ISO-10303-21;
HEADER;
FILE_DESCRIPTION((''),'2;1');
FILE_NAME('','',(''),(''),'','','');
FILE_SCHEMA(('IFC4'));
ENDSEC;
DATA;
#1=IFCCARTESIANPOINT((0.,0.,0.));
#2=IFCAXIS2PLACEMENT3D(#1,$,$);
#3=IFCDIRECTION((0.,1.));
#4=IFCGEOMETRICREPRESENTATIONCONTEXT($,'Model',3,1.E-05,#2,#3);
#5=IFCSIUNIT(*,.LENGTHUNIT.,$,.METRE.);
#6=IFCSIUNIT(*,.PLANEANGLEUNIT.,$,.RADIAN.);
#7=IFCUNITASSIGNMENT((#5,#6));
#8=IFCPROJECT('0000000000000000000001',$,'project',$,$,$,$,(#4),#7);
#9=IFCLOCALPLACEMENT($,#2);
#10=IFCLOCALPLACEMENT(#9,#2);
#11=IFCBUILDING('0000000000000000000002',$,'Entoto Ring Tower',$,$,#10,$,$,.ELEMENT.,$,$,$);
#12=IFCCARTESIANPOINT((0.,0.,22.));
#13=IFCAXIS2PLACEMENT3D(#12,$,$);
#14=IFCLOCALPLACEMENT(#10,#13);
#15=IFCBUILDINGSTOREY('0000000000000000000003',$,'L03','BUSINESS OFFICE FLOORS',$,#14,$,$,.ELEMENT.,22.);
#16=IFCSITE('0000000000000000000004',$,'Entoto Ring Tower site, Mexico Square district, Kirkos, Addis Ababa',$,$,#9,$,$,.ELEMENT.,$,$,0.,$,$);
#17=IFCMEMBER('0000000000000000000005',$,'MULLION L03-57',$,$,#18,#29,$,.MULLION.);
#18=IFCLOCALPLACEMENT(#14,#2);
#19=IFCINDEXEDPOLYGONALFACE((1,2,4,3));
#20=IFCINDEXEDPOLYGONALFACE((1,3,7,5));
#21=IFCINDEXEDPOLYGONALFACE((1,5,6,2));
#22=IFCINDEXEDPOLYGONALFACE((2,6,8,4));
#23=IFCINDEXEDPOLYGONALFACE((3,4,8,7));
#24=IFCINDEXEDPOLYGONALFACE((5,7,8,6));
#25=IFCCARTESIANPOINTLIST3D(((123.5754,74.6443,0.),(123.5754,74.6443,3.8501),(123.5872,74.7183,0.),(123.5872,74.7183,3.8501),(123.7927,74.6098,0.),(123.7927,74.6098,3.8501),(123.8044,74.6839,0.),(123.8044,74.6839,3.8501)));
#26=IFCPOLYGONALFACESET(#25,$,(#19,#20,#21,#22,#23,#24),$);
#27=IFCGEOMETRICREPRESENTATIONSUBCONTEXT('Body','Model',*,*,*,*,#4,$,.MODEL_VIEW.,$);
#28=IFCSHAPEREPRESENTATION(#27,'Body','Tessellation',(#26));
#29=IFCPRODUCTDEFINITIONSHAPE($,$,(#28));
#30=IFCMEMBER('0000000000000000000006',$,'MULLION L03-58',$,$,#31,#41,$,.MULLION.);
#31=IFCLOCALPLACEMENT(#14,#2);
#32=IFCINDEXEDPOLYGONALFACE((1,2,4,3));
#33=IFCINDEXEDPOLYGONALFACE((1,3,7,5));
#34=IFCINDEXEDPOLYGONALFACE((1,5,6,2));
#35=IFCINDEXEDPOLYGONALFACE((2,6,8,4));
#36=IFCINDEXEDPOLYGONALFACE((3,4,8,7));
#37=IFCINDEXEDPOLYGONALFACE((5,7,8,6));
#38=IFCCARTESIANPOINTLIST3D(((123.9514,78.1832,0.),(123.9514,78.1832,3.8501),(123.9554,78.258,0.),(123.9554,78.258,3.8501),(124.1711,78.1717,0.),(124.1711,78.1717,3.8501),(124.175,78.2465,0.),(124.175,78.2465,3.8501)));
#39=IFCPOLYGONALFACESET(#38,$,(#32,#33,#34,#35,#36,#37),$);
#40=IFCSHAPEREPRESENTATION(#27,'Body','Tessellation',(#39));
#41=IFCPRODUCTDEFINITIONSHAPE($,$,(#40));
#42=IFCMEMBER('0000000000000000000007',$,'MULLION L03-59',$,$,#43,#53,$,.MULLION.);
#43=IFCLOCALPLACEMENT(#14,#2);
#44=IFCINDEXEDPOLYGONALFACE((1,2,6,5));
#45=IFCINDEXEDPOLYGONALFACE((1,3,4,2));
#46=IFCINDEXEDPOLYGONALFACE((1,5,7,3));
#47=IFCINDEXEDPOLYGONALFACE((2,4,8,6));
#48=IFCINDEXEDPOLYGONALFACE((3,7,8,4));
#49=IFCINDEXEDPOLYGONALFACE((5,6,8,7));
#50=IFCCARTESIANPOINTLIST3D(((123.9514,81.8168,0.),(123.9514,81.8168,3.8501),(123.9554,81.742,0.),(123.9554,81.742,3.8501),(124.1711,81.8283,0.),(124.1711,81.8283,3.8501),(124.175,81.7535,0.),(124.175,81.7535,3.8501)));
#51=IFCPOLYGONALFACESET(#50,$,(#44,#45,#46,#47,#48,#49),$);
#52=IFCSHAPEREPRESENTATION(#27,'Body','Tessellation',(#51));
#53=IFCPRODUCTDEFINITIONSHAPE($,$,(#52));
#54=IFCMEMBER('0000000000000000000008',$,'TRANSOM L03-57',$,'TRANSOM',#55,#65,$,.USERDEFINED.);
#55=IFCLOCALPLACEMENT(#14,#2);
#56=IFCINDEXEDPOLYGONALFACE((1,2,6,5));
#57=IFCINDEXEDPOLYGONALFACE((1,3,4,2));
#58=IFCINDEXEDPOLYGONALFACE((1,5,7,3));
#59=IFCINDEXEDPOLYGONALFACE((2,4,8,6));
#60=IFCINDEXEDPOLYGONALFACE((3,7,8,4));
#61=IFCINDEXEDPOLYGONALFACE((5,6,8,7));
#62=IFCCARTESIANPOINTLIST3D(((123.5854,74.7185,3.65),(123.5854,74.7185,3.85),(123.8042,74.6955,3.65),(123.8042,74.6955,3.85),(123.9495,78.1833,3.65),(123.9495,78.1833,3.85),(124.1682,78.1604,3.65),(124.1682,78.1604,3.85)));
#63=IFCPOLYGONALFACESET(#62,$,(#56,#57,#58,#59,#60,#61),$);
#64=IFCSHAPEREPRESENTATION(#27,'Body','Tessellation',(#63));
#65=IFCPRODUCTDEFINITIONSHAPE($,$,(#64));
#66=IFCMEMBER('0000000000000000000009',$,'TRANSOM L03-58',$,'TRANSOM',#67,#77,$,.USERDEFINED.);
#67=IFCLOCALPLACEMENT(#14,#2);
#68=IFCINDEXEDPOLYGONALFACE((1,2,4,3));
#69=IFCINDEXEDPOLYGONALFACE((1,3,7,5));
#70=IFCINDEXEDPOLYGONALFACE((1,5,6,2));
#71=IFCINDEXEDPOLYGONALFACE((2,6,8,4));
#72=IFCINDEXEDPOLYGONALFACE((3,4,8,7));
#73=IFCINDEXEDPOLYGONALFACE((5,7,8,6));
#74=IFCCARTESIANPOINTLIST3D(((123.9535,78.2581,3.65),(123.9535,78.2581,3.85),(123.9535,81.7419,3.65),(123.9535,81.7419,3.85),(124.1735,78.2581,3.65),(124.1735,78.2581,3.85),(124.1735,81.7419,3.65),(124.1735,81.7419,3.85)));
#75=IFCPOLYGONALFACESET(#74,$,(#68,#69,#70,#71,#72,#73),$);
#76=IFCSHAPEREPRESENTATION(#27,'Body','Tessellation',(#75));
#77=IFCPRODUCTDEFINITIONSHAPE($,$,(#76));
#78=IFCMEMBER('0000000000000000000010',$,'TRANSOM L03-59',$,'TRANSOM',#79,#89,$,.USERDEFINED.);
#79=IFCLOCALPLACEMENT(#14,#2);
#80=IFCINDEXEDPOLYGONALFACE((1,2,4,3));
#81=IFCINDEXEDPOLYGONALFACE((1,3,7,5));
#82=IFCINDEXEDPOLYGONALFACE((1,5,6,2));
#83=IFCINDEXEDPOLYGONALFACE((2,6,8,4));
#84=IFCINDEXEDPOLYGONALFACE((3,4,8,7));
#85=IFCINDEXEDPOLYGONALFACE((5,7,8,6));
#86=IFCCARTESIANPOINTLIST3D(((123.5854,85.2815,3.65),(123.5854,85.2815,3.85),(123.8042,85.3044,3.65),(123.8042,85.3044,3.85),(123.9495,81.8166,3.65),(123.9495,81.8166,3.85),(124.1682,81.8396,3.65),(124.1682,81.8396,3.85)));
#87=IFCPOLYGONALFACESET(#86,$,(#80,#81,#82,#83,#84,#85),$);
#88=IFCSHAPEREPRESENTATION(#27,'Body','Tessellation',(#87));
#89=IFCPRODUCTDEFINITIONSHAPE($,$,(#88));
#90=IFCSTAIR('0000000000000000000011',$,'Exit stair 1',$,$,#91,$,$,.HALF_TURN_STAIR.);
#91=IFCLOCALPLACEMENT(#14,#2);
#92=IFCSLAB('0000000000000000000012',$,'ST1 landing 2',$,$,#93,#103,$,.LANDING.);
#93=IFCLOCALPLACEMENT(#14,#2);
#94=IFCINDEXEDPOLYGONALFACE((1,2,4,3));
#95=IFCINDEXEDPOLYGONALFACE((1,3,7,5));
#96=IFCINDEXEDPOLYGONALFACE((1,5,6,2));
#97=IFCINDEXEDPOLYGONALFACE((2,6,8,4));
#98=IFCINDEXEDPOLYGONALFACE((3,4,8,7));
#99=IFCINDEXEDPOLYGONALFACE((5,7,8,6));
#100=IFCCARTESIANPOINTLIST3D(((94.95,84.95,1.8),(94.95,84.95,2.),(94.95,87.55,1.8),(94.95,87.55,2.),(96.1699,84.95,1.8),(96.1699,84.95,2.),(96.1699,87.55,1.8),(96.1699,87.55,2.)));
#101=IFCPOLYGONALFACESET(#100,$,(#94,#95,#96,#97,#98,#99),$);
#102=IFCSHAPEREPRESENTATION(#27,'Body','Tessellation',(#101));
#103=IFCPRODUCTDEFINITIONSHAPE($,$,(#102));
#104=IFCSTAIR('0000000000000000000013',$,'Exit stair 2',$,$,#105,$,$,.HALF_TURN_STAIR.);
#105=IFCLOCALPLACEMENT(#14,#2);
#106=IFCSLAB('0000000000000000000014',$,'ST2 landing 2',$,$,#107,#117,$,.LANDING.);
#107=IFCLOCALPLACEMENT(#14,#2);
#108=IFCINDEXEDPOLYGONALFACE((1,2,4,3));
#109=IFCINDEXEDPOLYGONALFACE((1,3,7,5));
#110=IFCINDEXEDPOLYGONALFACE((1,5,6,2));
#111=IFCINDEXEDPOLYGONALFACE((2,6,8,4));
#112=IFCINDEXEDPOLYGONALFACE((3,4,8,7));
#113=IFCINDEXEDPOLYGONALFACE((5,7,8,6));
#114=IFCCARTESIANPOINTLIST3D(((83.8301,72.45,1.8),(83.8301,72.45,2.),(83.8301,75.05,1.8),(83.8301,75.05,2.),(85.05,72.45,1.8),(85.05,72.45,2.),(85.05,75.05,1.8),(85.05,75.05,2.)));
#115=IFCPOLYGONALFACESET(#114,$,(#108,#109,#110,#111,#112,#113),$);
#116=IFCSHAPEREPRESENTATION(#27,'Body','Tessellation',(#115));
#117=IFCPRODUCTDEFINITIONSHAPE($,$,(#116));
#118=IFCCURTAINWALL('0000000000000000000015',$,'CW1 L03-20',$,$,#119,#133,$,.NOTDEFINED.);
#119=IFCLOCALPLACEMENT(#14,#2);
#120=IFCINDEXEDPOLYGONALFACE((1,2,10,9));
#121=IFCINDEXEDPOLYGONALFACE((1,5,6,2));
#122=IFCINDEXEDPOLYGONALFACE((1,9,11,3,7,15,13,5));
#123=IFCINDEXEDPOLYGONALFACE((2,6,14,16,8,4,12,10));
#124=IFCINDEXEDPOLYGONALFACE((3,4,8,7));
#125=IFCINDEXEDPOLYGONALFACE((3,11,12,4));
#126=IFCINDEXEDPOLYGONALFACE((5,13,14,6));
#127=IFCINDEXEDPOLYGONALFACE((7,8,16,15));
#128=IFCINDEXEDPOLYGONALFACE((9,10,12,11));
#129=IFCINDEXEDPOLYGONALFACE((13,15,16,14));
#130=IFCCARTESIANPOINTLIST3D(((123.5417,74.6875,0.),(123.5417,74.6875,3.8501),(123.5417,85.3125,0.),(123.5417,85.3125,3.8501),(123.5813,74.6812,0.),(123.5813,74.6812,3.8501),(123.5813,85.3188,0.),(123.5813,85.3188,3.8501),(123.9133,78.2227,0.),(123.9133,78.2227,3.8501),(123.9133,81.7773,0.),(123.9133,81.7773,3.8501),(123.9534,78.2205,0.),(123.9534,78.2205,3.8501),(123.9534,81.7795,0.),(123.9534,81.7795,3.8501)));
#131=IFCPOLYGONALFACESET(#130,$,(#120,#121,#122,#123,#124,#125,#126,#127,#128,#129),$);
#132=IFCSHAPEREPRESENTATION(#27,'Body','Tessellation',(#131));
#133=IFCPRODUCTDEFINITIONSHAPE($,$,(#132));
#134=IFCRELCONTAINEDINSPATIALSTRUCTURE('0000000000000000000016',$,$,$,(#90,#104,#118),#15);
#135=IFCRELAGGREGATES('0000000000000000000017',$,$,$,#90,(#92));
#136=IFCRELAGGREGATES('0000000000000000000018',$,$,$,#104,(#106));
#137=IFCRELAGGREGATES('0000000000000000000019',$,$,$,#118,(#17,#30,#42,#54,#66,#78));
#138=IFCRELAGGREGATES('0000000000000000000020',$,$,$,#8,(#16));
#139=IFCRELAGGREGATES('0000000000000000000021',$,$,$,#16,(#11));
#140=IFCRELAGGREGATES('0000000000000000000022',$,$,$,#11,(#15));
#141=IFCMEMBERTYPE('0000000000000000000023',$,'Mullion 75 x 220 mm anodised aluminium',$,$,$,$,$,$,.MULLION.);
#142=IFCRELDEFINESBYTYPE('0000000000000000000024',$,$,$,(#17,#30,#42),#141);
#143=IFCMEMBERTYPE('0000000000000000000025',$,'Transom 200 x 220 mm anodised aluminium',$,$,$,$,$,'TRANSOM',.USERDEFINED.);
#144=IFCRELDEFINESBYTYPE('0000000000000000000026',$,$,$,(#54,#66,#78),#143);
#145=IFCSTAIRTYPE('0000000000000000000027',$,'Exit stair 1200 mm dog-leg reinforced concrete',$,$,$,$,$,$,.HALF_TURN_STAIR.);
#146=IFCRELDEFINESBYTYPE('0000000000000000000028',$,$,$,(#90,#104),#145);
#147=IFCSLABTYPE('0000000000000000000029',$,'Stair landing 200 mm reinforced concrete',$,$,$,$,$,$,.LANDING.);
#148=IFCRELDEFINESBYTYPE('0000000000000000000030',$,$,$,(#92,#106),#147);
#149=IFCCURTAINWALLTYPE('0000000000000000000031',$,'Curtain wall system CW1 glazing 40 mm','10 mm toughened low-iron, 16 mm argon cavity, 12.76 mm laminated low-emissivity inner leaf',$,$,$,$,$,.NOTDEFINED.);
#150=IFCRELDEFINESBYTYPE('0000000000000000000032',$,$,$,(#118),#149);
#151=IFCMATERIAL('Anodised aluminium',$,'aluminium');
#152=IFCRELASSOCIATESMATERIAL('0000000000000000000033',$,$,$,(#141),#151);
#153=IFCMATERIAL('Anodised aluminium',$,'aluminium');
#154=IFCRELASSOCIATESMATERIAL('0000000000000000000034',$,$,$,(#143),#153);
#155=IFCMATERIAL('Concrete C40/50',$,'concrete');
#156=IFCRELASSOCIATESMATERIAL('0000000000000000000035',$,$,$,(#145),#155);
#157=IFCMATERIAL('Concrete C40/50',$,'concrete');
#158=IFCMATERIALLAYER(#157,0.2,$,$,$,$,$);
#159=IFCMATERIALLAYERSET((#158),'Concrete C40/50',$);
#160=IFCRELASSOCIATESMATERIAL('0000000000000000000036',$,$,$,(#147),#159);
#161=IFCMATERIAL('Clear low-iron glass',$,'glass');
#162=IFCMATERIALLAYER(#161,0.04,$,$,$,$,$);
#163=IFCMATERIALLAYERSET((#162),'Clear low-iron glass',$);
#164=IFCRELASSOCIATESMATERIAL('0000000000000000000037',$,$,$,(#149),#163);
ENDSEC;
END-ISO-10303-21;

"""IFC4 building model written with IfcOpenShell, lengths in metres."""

from ifc_helpers import new_model, si_unit, direction, frame, origin, origin_2d, place, context, subcontext, project, spatial, polyline, rectangle, outline, extrude, material, layer, layer_set, material_profile, profile_set, type_object, element, aggregate, save


model = new_model("IFC4")

# Units and contexts
model_context = context("Model", 3, precision=1e-05, world=origin(), true_north=direction((0.0, 1.0)))
body_context = subcontext(model_context, "Body", "Model", "MODEL_VIEW")
ifc_project = project(units=[si_unit("LENGTHUNIT", "METRE"), si_unit("PLANEANGLEUNIT", "RADIAN")], contexts=[model_context])

# Members
ifc_material_1 = material(Name="Anodised aluminium", Category="aluminium")
ifc_material_profile_1 = material_profile(ifc_material_1, rectangle(XDim=0.075, YDim=0.22, at=origin_2d()), Name="Mullion 75 x 220 mm anodised aluminium")
ifc_profile_set_1 = profile_set([ifc_material_profile_1], Name="Anodised aluminium")
member_type_1 = type_object("IfcMemberType", Name="Mullion 75 x 220 mm anodised aluminium", PredefinedType="MULLION", material=ifc_profile_set_1)
site_placement = place(None, origin())
building_placement = place(site_placement, origin())
storey_placement = place(building_placement, frame((0.0, 0.0, 22.0)))
member_1_placement = place(storey_placement, frame((123.6899, 74.6641, 0.0), z_axis=(0.0, 0.0, 1.0), x_axis=(0.156434, 0.987688, 0.0)))
member_1 = element("IfcMember", 1, at=member_1_placement, type_object=member_type_1, Name="MULLION L03-57", PredefinedType="MULLION", context=body_context, shape_type="SweptSolid", body=[
    extrude(rectangle(XDim=0.075, YDim=0.22, at=origin_2d()), origin(), (0.0, 0.0, 1.0), 3.8501),
])
member_2_placement = place(storey_placement, frame((124.0632, 78.2148, 0.0), z_axis=(0.0, 0.0, 1.0), x_axis=(0.052336, 0.99863, 0.0)))
member_2 = element("IfcMember", 2, at=member_2_placement, type_object=member_type_1, Name="MULLION L03-58", PredefinedType="MULLION", context=body_context, shape_type="SweptSolid", body=[
    extrude(rectangle(XDim=0.075, YDim=0.22, at=origin_2d()), origin(), (0.0, 0.0, 1.0), 3.8501),
])
member_3_placement = place(storey_placement, frame((124.0632, 81.7852, 0.0), z_axis=(0.0, 0.0, 1.0), x_axis=(-0.052336, 0.99863, 0.0)))
member_3 = element("IfcMember", 3, at=member_3_placement, type_object=member_type_1, Name="MULLION L03-59", PredefinedType="MULLION", context=body_context, shape_type="SweptSolid", body=[
    extrude(rectangle(XDim=0.075, YDim=0.22, at=origin_2d()), origin(), (0.0, 0.0, 1.0), 3.8501),
])
ifc_material_2 = material(Name="Anodised aluminium", Category="aluminium")
ifc_material_profile_2 = material_profile(ifc_material_2, rectangle(XDim=0.22, YDim=0.2, at=origin_2d()), Name="Transom 200 x 220 mm anodised aluminium")
ifc_profile_set_2 = profile_set([ifc_material_profile_2], Name="Anodised aluminium")
member_type_2 = type_object("IfcMemberType", Name="Transom 200 x 220 mm anodised aluminium", ElementType="TRANSOM", PredefinedType="USERDEFINED", material=ifc_profile_set_2)
member_4_placement = place(storey_placement, frame((123.6948, 74.707, 3.75), z_axis=(0.104484, 0.994527, 0.0), x_axis=(-0.994527, 0.104484, 0.0)))
member_4 = element("IfcMember", 4, at=member_4_placement, type_object=member_type_2, Name="TRANSOM L03-57", ObjectType="TRANSOM", PredefinedType="USERDEFINED", context=body_context, shape_type="SweptSolid", body=[
    extrude(rectangle(XDim=0.22, YDim=0.2, at=origin_2d()), origin(), (0.0, 0.0, 1.0), 3.4839),
])
member_5_placement = place(storey_placement, frame((124.0635, 78.2581, 3.75), z_axis=(0.0, 1.0, 0.0), x_axis=(-1.0, 0.0, 0.0)))
member_5 = element("IfcMember", 5, at=member_5_placement, type_object=member_type_2, Name="TRANSOM L03-58", ObjectType="TRANSOM", PredefinedType="USERDEFINED", context=body_context, shape_type="SweptSolid", body=[
    extrude(rectangle(XDim=0.22, YDim=0.2, at=origin_2d()), origin(), (0.0, 0.0, 1.0), 3.4839),
])
member_6_placement = place(storey_placement, frame((124.0588, 81.8281, 3.75), z_axis=(-0.104484, 0.994527, 0.0), x_axis=(-0.994527, -0.104484, 0.0)))
member_6 = element("IfcMember", 6, at=member_6_placement, type_object=member_type_2, Name="TRANSOM L03-59", ObjectType="TRANSOM", PredefinedType="USERDEFINED", context=body_context, shape_type="SweptSolid", body=[
    extrude(rectangle(XDim=0.22, YDim=0.2, at=origin_2d()), origin(), (0.0, 0.0, 1.0), 3.4839),
])

# Site, building, storey
site = spatial("IfcSite", under=ifc_project, at=site_placement, Name="Entoto Ring Tower site, Mexico Square district, Kirkos, Addis Ababa", CompositionType="ELEMENT", RefElevation=0.0)
building = spatial("IfcBuilding", under=site, at=building_placement, Name="Entoto Ring Tower", CompositionType="ELEMENT")
storey = spatial("IfcBuildingStorey", under=building, at=storey_placement, Name="L03", Description="BUSINESS OFFICE FLOORS", CompositionType="ELEMENT", Elevation=22.0)

# Stairs, slabs
ifc_material_3 = material(Name="Concrete C40/50", Category="concrete")
stair_type = type_object("IfcStairType", Name="Exit stair 1200 mm dog-leg reinforced concrete", PredefinedType="HALF_TURN_STAIR", material=ifc_material_3)
stair_1_placement = place(storey_placement, origin())
stair_1 = element("IfcStair", 7, at=stair_1_placement, inside=storey, type_object=stair_type, Name="Exit stair 1", PredefinedType="HALF_TURN_STAIR")
ifc_material_4 = material(Name="Concrete C40/50", Category="concrete")
ifc_layer_1 = layer(ifc_material_4, 0.2)
ifc_layer_set_1 = layer_set([ifc_layer_1], Name="Concrete C40/50")
slab_type = type_object("IfcSlabType", Name="Stair landing 200 mm reinforced concrete", PredefinedType="LANDING", material=ifc_layer_set_1)
slab_1_placement = place(storey_placement, frame((0.0, 0.0, 1.8)))
slab_1 = element("IfcSlab", 8, at=slab_1_placement, type_object=slab_type, Name="ST1 landing 2", PredefinedType="LANDING", context=body_context, shape_type="SweptSolid", body=[
    extrude(outline(polyline([(94.95, 84.95), (96.1699, 84.95), (96.1699, 87.55), (94.95, 87.55), (94.95, 84.95)])), origin(), (0.0, 0.0, 1.0), 0.2),
])
aggregate(stair_1, [slab_1])
stair_2_placement = place(storey_placement, origin())
stair_2 = element("IfcStair", 9, at=stair_2_placement, inside=storey, type_object=stair_type, Name="Exit stair 2", PredefinedType="HALF_TURN_STAIR")
slab_2_placement = place(storey_placement, frame((0.0, 0.0, 1.8)))
slab_2 = element("IfcSlab", 10, at=slab_2_placement, type_object=slab_type, Name="ST2 landing 2", PredefinedType="LANDING", context=body_context, shape_type="SweptSolid", body=[
    extrude(outline(polyline([(83.8301, 72.45), (85.05, 72.45), (85.05, 75.05), (83.8301, 75.05), (83.8301, 72.45)])), origin(), (0.0, 0.0, 1.0), 0.2),
])
aggregate(stair_2, [slab_2])

# Curtain wall
ifc_material_5 = material(Name="Clear low-iron glass", Category="glass")
ifc_layer_2 = layer(ifc_material_5, 0.04)
ifc_layer_set_2 = layer_set([ifc_layer_2], Name="Clear low-iron glass")
curtain_wall_type = type_object("IfcCurtainWallType", Name="Curtain wall system CW1 glazing 40 mm", Description="10 mm toughened low-iron, 16 mm argon cavity, 12.76 mm laminated low-emissivity inner leaf", PredefinedType="NOTDEFINED", material=ifc_layer_set_2)
curtain_wall_1_placement = place(storey_placement, origin())
curtain_wall_1 = element("IfcCurtainWall", 11, at=curtain_wall_1_placement, inside=storey, type_object=curtain_wall_type, Name="CW1 L03-20", PredefinedType="NOTDEFINED", context=body_context, shape_type="SweptSolid", body=[
    extrude(outline(polyline([(123.5813, 74.6812), (123.9534, 78.2205), (123.9534, 81.7795), (123.5813, 85.3188), (123.5417, 85.3125), (123.9133, 81.7773), (123.9133, 78.2227), (123.5417, 74.6875), (123.5813, 74.6812)])), origin(), (0.0, 0.0, 1.0), 3.8501),
])
aggregate(curtain_wall_1, [member_1, member_2, member_3, member_4, member_5, member_6])

save(model, "model.ifc")
